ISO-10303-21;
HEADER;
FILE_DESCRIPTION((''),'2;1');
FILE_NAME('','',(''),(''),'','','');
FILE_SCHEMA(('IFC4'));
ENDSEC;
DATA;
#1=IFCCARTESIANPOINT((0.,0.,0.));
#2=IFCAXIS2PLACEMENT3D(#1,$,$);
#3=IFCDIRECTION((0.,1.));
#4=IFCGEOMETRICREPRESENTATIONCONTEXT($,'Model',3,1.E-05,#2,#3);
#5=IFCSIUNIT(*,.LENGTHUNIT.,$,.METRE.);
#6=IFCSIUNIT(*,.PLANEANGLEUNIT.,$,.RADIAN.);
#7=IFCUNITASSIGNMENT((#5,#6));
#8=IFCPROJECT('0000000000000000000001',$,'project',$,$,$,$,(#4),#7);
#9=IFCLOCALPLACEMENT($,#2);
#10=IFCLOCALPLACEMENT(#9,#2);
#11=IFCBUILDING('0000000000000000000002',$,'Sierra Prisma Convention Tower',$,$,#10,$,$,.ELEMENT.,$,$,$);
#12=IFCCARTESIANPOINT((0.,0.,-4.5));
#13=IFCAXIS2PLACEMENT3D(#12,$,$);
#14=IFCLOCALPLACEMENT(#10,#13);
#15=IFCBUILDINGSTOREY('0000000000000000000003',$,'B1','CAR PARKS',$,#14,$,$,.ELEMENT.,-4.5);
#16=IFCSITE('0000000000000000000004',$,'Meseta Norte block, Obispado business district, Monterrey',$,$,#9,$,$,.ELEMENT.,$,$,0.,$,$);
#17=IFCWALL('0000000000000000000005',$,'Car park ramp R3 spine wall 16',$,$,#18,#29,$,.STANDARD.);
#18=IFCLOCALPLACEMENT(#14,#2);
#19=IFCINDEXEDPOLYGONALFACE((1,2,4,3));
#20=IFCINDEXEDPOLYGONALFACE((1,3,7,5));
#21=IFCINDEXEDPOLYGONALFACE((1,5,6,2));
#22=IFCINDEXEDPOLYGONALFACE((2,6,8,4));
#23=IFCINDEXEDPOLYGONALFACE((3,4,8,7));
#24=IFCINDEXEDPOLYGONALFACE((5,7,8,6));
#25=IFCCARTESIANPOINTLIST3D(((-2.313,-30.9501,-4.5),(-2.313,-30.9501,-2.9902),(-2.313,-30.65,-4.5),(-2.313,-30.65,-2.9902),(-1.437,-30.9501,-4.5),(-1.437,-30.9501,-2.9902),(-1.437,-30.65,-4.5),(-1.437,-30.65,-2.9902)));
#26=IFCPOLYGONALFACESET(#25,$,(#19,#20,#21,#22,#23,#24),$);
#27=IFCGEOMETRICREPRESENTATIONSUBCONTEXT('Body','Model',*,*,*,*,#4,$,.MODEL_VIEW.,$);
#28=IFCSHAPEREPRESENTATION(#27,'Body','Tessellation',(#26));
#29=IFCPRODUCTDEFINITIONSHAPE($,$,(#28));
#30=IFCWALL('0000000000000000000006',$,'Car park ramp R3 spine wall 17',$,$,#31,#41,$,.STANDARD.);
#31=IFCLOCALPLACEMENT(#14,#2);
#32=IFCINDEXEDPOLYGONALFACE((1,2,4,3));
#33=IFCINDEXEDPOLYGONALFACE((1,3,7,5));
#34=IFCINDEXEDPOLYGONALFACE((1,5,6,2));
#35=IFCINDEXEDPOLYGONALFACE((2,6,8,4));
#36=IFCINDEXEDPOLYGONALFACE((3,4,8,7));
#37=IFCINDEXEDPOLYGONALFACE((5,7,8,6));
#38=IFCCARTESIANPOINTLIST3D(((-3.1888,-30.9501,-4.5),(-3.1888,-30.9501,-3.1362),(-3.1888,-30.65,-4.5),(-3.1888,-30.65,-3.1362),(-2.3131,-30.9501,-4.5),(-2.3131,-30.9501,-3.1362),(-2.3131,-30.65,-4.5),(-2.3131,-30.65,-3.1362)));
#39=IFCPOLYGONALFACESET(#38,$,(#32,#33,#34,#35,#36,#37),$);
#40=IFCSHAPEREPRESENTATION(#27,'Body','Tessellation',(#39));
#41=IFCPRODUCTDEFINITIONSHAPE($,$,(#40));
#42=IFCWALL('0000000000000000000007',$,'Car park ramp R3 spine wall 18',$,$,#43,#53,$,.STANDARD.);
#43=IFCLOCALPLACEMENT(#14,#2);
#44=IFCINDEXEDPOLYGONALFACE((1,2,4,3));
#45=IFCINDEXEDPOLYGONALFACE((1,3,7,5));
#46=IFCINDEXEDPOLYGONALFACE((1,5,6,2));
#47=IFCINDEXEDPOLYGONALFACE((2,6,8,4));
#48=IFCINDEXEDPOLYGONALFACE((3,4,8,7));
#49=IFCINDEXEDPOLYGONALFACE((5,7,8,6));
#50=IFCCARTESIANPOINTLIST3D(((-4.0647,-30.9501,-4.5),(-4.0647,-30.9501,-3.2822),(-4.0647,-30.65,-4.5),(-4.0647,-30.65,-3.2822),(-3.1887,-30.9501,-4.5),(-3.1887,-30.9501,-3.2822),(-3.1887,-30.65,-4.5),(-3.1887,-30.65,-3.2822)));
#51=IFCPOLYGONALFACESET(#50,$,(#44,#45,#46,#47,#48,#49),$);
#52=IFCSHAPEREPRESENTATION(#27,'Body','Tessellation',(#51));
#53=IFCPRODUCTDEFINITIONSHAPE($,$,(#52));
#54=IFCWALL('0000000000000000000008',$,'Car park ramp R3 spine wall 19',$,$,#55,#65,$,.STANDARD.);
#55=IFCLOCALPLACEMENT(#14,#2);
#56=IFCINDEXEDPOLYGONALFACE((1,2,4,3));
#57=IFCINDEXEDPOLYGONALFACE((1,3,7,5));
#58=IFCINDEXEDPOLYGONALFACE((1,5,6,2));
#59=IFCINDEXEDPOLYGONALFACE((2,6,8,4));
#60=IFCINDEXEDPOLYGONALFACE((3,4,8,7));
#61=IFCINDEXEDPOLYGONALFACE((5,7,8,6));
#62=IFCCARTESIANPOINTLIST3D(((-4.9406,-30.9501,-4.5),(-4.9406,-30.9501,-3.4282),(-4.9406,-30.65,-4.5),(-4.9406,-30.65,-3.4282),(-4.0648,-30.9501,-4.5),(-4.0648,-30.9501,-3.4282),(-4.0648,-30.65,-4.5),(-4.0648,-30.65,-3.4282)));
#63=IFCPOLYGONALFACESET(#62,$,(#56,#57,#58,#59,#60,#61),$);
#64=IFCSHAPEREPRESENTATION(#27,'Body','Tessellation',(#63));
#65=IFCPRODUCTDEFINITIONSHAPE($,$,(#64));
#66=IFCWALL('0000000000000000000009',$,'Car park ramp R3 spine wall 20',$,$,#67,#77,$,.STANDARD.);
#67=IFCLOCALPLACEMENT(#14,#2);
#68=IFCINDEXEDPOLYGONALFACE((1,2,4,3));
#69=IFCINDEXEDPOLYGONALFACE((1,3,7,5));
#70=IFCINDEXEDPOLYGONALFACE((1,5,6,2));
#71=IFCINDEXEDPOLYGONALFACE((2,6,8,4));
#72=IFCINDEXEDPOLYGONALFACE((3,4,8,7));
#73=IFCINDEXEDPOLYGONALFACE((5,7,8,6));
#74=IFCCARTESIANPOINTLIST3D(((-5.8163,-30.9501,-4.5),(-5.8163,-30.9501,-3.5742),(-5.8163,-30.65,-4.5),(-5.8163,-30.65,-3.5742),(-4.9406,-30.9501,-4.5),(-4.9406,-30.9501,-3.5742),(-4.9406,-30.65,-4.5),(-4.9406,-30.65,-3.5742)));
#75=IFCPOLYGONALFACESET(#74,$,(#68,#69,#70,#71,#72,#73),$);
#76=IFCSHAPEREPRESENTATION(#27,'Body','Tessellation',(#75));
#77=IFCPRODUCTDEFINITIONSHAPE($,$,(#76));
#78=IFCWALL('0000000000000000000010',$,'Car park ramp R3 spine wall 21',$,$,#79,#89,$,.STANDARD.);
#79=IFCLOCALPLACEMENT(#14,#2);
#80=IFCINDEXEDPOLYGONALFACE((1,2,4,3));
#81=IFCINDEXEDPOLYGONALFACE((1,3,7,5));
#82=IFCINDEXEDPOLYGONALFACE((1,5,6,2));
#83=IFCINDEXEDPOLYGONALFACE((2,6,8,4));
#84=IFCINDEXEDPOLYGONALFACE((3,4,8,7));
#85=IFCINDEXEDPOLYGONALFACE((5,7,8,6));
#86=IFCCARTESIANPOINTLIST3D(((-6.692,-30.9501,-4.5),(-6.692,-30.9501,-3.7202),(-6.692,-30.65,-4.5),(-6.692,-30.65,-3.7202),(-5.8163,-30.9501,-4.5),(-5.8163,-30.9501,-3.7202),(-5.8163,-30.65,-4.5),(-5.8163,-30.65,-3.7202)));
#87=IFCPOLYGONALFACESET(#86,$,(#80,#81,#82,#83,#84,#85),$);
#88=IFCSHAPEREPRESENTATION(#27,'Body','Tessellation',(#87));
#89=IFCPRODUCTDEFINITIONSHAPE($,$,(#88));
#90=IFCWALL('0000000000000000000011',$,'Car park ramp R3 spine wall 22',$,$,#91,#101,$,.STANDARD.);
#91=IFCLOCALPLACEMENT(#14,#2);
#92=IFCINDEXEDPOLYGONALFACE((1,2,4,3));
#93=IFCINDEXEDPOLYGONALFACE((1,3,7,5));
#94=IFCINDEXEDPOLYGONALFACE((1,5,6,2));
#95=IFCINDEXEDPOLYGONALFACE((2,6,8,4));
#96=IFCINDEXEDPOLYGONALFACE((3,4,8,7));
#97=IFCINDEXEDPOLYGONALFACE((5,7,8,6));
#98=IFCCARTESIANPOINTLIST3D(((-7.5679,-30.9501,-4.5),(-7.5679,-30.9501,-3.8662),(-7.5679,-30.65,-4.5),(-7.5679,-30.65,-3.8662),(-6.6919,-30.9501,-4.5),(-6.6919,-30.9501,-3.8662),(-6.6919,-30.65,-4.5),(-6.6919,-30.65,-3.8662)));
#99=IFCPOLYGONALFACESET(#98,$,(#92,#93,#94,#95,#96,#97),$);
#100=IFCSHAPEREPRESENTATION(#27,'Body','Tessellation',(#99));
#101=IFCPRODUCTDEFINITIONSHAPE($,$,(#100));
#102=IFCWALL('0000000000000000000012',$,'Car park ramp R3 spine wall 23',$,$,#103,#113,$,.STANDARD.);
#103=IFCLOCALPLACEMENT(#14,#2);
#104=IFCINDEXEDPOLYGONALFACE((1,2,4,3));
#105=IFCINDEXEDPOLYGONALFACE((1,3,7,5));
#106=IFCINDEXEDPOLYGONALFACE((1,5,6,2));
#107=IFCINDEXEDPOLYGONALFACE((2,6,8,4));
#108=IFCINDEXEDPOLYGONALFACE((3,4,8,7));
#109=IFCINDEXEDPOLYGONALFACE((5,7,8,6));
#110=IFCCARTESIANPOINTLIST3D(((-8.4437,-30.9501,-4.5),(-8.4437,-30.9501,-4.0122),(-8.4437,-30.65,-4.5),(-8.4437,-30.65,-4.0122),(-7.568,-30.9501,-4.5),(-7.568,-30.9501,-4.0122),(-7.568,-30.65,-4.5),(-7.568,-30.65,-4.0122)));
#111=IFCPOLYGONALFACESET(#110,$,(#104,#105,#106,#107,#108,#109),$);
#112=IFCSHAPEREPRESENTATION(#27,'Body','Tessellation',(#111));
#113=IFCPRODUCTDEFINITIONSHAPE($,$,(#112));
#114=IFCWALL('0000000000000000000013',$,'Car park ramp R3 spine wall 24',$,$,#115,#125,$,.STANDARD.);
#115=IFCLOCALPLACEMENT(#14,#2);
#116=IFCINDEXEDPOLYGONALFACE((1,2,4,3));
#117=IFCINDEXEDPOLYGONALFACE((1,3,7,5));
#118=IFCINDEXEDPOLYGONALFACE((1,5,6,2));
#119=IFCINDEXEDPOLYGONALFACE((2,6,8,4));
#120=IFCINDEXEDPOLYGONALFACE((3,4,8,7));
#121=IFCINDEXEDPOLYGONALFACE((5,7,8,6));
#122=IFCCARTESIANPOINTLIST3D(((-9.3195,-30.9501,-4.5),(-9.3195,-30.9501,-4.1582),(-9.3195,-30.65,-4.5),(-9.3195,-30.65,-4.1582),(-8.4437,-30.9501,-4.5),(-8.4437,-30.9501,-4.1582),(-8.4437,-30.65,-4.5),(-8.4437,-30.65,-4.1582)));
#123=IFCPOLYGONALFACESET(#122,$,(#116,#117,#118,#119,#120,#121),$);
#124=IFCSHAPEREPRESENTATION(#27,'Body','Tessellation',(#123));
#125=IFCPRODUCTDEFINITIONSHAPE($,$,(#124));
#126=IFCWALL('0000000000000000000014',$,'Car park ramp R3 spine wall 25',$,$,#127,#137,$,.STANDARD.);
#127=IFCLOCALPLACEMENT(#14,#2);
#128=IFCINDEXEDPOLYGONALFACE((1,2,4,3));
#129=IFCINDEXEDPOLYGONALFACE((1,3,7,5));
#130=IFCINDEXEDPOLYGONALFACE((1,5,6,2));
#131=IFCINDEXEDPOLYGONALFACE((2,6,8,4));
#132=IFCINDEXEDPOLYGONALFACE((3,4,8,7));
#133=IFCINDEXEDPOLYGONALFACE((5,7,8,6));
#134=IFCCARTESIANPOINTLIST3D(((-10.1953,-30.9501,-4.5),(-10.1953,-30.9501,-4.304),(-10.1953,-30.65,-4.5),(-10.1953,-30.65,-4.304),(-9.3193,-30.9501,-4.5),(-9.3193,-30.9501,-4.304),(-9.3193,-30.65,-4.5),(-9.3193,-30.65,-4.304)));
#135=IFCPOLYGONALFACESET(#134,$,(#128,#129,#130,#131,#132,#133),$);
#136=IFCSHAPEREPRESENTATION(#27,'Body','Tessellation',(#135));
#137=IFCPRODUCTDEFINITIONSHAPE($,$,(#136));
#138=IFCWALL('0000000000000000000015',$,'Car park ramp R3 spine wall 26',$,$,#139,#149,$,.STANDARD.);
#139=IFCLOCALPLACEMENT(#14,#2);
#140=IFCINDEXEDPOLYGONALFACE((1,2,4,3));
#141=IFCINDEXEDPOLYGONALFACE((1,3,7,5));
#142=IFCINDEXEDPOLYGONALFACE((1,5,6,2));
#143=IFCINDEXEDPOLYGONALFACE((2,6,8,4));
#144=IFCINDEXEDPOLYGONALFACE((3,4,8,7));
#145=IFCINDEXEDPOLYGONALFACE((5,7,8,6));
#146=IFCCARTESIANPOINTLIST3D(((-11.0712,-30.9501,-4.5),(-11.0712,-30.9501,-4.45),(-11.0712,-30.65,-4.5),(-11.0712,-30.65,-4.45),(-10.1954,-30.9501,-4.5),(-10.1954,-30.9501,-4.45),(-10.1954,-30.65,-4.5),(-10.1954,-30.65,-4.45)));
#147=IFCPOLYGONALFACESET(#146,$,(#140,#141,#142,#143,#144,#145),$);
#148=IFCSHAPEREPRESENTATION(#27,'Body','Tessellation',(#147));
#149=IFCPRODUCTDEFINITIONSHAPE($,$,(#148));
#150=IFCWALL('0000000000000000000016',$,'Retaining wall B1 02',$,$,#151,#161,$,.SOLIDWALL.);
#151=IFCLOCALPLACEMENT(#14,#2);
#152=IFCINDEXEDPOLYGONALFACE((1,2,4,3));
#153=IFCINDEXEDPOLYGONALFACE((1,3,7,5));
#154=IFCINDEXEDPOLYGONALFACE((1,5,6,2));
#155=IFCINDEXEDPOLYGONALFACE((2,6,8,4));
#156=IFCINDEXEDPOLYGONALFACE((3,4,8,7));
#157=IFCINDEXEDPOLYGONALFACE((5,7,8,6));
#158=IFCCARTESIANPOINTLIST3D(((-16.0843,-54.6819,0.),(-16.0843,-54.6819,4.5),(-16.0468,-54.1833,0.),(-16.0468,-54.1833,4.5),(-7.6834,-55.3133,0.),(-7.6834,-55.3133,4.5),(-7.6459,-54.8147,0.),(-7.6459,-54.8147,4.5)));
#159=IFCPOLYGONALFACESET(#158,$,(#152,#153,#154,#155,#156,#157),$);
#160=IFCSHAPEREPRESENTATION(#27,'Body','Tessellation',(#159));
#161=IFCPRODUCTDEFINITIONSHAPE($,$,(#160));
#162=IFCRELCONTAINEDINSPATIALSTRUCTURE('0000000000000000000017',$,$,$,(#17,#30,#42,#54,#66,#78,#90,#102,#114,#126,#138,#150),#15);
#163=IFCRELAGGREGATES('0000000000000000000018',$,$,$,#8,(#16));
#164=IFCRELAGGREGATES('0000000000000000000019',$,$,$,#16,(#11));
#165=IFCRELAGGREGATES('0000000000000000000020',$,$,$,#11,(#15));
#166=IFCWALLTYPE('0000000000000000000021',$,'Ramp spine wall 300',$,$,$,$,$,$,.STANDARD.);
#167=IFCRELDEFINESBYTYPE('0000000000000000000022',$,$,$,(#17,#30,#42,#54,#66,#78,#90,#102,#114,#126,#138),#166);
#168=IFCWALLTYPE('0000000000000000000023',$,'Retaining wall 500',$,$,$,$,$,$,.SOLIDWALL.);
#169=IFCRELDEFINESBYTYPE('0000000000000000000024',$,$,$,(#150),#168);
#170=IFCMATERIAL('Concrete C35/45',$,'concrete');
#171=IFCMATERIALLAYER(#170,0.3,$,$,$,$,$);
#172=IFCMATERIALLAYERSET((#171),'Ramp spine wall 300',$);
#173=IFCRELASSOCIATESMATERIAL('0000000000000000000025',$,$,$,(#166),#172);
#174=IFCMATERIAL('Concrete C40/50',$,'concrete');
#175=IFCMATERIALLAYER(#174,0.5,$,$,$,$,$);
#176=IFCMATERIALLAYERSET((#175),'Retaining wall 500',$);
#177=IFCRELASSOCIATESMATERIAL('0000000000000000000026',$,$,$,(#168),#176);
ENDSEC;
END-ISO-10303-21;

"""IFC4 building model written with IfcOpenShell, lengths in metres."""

from ifc_helpers import new_model, si_unit, direction, frame, frame_2d, origin, place, context, subcontext, project, spatial, rectangle, extrude, material, layer, layer_set, type_object, element, save


model = new_model("IFC4")

# Units and contexts
model_context = context("Model", 3, precision=1e-05, world=origin(), true_north=direction((0.0, 1.0)))
body_context = subcontext(model_context, "Body", "Model", "MODEL_VIEW")
ifc_project = project(units=[si_unit("LENGTHUNIT", "METRE"), si_unit("PLANEANGLEUNIT", "RADIAN")], contexts=[model_context])

# Site, building, storey
site_placement = place(None, origin())
site = spatial("IfcSite", under=ifc_project, at=site_placement, Name="Meseta Norte block, Obispado business district, Monterrey", CompositionType="ELEMENT", RefElevation=0.0)
building_placement = place(site_placement, origin())
building = spatial("IfcBuilding", under=site, at=building_placement, Name="Sierra Prisma Convention Tower", CompositionType="ELEMENT")
storey_placement = place(building_placement, frame((0.0, 0.0, -4.5)))
storey = spatial("IfcBuildingStorey", under=building, at=storey_placement, Name="B1", Description="CAR PARKS", CompositionType="ELEMENT", Elevation=-4.5)

# Walls
ifc_material_1 = material(Name="Concrete C35/45", Category="concrete")
ifc_layer_1 = layer(ifc_material_1, 0.3)
ifc_layer_set_1 = layer_set([ifc_layer_1], Name="Ramp spine wall 300")
wall_type_1 = type_object("IfcWallType", Name="Ramp spine wall 300", PredefinedType="STANDARD", material=ifc_layer_set_1)
wall_1_placement = place(storey_placement, frame((-1.437, -30.8, -4.5), z_axis=(0.0, 0.0, 1.0), x_axis=(-1.0, 0.0, 0.0)))
element("IfcWall", 1, at=wall_1_placement, inside=storey, type_object=wall_type_1, Name="Car park ramp R3 spine wall 16", PredefinedType="STANDARD", context=body_context, shape_type="SweptSolid", body=[
    extrude(rectangle(XDim=0.876, YDim=0.3, at=frame_2d((0.438, 0.0))), origin(), (0.0, 0.0, 1.0), 1.5098),
])
wall_2_placement = place(storey_placement, frame((-2.313, -30.8, -4.5), z_axis=(0.0, 0.0, 1.0), x_axis=(-1.0, 0.0, 0.0)))
element("IfcWall", 2, at=wall_2_placement, inside=storey, type_object=wall_type_1, Name="Car park ramp R3 spine wall 17", PredefinedType="STANDARD", context=body_context, shape_type="SweptSolid", body=[
    extrude(rectangle(XDim=0.8757, YDim=0.3, at=frame_2d((0.438, 0.0))), origin(), (0.0, 0.0, 1.0), 1.3638),
])
wall_3_placement = place(storey_placement, frame((-3.1887, -30.8, -4.5), z_axis=(0.0, 0.0, 1.0), x_axis=(-1.0, 0.0, 0.0)))
element("IfcWall", 3, at=wall_3_placement, inside=storey, type_object=wall_type_1, Name="Car park ramp R3 spine wall 18", PredefinedType="STANDARD", context=body_context, shape_type="SweptSolid", body=[
    extrude(rectangle(XDim=0.876, YDim=0.3, at=frame_2d((0.438, 0.0))), origin(), (0.0, 0.0, 1.0), 1.2178),
])
wall_4_placement = place(storey_placement, frame((-4.0647, -30.8, -4.5), z_axis=(0.0, 0.0, 1.0), x_axis=(-1.0, 0.0, 0.0)))
element("IfcWall", 4, at=wall_4_placement, inside=storey, type_object=wall_type_1, Name="Car park ramp R3 spine wall 19", PredefinedType="STANDARD", context=body_context, shape_type="SweptSolid", body=[
    extrude(rectangle(XDim=0.8757, YDim=0.3, at=frame_2d((0.438, 0.0))), origin(), (0.0, 0.0, 1.0), 1.0718),
])
wall_5_placement = place(storey_placement, frame((-4.9404, -30.8, -4.5), z_axis=(0.0, 0.0, 1.0), x_axis=(-1.0, 0.0, 0.0)))
element("IfcWall", 5, at=wall_5_placement, inside=storey, type_object=wall_type_1, Name="Car park ramp R3 spine wall 20", PredefinedType="STANDARD", context=body_context, shape_type="SweptSolid", body=[
    extrude(rectangle(XDim=0.8757, YDim=0.3, at=frame_2d((0.438, 0.0))), origin(), (0.0, 0.0, 1.0), 0.9258),
])
wall_6_placement = place(storey_placement, frame((-5.8162, -30.8, -4.5), z_axis=(0.0, 0.0, 1.0), x_axis=(-1.0, 0.0, 0.0)))
element("IfcWall", 6, at=wall_6_placement, inside=storey, type_object=wall_type_1, Name="Car park ramp R3 spine wall 21", PredefinedType="STANDARD", context=body_context, shape_type="SweptSolid", body=[
    extrude(rectangle(XDim=0.8757, YDim=0.3, at=frame_2d((0.438, 0.0))), origin(), (0.0, 0.0, 1.0), 0.7798),
])
wall_7_placement = place(storey_placement, frame((-6.6919, -30.8, -4.5), z_axis=(0.0, 0.0, 1.0), x_axis=(-1.0, 0.0, 0.0)))
element("IfcWall", 7, at=wall_7_placement, inside=storey, type_object=wall_type_1, Name="Car park ramp R3 spine wall 22", PredefinedType="STANDARD", context=body_context, shape_type="SweptSolid", body=[
    extrude(rectangle(XDim=0.876, YDim=0.3, at=frame_2d((0.438, 0.0))), origin(), (0.0, 0.0, 1.0), 0.6338),
])
wall_8_placement = place(storey_placement, frame((-7.5679, -30.8, -4.5), z_axis=(0.0, 0.0, 1.0), x_axis=(-1.0, 0.0, 0.0)))
element("IfcWall", 8, at=wall_8_placement, inside=storey, type_object=wall_type_1, Name="Car park ramp R3 spine wall 23", PredefinedType="STANDARD", context=body_context, shape_type="SweptSolid", body=[
    extrude(rectangle(XDim=0.8757, YDim=0.3, at=frame_2d((0.438, 0.0))), origin(), (0.0, 0.0, 1.0), 0.4878),
])
wall_9_placement = place(storey_placement, frame((-8.4436, -30.8, -4.5), z_axis=(0.0, 0.0, 1.0), x_axis=(-1.0, 0.0, 0.0)))
element("IfcWall", 9, at=wall_9_placement, inside=storey, type_object=wall_type_1, Name="Car park ramp R3 spine wall 24", PredefinedType="STANDARD", context=body_context, shape_type="SweptSolid", body=[
    extrude(rectangle(XDim=0.8757, YDim=0.3, at=frame_2d((0.438, 0.0))), origin(), (0.0, 0.0, 1.0), 0.3418),
])
wall_10_placement = place(storey_placement, frame((-9.3193, -30.8, -4.5), z_axis=(0.0, 0.0, 1.0), x_axis=(-1.0, 0.0, 0.0)))
element("IfcWall", 10, at=wall_10_placement, inside=storey, type_object=wall_type_1, Name="Car park ramp R3 spine wall 25", PredefinedType="STANDARD", context=body_context, shape_type="SweptSolid", body=[
    extrude(rectangle(XDim=0.876, YDim=0.3, at=frame_2d((0.438, 0.0))), origin(), (0.0, 0.0, 1.0), 0.196),
])
wall_11_placement = place(storey_placement, frame((-10.1953, -30.8, -4.5), z_axis=(0.0, 0.0, 1.0), x_axis=(-1.0, 0.0, 0.0)))
element("IfcWall", 11, at=wall_11_placement, inside=storey, type_object=wall_type_1, Name="Car park ramp R3 spine wall 26", PredefinedType="STANDARD", context=body_context, shape_type="SweptSolid", body=[
    extrude(rectangle(XDim=0.8757, YDim=0.3, at=frame_2d((0.438, 0.0))), origin(), (0.0, 0.0, 1.0), 0.05),
])
ifc_material_2 = material(Name="Concrete C40/50", Category="concrete")
ifc_layer_2 = layer(ifc_material_2, 0.5)
ifc_layer_set_2 = layer_set([ifc_layer_2], Name="Retaining wall 500")
wall_type_2 = type_object("IfcWallType", Name="Retaining wall 500", PredefinedType="SOLIDWALL", material=ifc_layer_set_2)
wall_12_placement = place(storey_placement, frame((-7.6646, -55.064, 0.0), z_axis=(0.0, 0.0, 1.0), x_axis=(-0.997188, 0.074941, 0.0)))
element("IfcWall", 12, at=wall_12_placement, inside=storey, type_object=wall_type_2, Name="Retaining wall B1 02", PredefinedType="SOLIDWALL", context=body_context, shape_type="SweptSolid", body=[
    extrude(rectangle(XDim=8.4246, YDim=0.5, at=frame_2d((4.2124, 0.0))), origin(), (0.0, 0.0, 1.0), 4.5),
])

save(model, "model.ifc")
